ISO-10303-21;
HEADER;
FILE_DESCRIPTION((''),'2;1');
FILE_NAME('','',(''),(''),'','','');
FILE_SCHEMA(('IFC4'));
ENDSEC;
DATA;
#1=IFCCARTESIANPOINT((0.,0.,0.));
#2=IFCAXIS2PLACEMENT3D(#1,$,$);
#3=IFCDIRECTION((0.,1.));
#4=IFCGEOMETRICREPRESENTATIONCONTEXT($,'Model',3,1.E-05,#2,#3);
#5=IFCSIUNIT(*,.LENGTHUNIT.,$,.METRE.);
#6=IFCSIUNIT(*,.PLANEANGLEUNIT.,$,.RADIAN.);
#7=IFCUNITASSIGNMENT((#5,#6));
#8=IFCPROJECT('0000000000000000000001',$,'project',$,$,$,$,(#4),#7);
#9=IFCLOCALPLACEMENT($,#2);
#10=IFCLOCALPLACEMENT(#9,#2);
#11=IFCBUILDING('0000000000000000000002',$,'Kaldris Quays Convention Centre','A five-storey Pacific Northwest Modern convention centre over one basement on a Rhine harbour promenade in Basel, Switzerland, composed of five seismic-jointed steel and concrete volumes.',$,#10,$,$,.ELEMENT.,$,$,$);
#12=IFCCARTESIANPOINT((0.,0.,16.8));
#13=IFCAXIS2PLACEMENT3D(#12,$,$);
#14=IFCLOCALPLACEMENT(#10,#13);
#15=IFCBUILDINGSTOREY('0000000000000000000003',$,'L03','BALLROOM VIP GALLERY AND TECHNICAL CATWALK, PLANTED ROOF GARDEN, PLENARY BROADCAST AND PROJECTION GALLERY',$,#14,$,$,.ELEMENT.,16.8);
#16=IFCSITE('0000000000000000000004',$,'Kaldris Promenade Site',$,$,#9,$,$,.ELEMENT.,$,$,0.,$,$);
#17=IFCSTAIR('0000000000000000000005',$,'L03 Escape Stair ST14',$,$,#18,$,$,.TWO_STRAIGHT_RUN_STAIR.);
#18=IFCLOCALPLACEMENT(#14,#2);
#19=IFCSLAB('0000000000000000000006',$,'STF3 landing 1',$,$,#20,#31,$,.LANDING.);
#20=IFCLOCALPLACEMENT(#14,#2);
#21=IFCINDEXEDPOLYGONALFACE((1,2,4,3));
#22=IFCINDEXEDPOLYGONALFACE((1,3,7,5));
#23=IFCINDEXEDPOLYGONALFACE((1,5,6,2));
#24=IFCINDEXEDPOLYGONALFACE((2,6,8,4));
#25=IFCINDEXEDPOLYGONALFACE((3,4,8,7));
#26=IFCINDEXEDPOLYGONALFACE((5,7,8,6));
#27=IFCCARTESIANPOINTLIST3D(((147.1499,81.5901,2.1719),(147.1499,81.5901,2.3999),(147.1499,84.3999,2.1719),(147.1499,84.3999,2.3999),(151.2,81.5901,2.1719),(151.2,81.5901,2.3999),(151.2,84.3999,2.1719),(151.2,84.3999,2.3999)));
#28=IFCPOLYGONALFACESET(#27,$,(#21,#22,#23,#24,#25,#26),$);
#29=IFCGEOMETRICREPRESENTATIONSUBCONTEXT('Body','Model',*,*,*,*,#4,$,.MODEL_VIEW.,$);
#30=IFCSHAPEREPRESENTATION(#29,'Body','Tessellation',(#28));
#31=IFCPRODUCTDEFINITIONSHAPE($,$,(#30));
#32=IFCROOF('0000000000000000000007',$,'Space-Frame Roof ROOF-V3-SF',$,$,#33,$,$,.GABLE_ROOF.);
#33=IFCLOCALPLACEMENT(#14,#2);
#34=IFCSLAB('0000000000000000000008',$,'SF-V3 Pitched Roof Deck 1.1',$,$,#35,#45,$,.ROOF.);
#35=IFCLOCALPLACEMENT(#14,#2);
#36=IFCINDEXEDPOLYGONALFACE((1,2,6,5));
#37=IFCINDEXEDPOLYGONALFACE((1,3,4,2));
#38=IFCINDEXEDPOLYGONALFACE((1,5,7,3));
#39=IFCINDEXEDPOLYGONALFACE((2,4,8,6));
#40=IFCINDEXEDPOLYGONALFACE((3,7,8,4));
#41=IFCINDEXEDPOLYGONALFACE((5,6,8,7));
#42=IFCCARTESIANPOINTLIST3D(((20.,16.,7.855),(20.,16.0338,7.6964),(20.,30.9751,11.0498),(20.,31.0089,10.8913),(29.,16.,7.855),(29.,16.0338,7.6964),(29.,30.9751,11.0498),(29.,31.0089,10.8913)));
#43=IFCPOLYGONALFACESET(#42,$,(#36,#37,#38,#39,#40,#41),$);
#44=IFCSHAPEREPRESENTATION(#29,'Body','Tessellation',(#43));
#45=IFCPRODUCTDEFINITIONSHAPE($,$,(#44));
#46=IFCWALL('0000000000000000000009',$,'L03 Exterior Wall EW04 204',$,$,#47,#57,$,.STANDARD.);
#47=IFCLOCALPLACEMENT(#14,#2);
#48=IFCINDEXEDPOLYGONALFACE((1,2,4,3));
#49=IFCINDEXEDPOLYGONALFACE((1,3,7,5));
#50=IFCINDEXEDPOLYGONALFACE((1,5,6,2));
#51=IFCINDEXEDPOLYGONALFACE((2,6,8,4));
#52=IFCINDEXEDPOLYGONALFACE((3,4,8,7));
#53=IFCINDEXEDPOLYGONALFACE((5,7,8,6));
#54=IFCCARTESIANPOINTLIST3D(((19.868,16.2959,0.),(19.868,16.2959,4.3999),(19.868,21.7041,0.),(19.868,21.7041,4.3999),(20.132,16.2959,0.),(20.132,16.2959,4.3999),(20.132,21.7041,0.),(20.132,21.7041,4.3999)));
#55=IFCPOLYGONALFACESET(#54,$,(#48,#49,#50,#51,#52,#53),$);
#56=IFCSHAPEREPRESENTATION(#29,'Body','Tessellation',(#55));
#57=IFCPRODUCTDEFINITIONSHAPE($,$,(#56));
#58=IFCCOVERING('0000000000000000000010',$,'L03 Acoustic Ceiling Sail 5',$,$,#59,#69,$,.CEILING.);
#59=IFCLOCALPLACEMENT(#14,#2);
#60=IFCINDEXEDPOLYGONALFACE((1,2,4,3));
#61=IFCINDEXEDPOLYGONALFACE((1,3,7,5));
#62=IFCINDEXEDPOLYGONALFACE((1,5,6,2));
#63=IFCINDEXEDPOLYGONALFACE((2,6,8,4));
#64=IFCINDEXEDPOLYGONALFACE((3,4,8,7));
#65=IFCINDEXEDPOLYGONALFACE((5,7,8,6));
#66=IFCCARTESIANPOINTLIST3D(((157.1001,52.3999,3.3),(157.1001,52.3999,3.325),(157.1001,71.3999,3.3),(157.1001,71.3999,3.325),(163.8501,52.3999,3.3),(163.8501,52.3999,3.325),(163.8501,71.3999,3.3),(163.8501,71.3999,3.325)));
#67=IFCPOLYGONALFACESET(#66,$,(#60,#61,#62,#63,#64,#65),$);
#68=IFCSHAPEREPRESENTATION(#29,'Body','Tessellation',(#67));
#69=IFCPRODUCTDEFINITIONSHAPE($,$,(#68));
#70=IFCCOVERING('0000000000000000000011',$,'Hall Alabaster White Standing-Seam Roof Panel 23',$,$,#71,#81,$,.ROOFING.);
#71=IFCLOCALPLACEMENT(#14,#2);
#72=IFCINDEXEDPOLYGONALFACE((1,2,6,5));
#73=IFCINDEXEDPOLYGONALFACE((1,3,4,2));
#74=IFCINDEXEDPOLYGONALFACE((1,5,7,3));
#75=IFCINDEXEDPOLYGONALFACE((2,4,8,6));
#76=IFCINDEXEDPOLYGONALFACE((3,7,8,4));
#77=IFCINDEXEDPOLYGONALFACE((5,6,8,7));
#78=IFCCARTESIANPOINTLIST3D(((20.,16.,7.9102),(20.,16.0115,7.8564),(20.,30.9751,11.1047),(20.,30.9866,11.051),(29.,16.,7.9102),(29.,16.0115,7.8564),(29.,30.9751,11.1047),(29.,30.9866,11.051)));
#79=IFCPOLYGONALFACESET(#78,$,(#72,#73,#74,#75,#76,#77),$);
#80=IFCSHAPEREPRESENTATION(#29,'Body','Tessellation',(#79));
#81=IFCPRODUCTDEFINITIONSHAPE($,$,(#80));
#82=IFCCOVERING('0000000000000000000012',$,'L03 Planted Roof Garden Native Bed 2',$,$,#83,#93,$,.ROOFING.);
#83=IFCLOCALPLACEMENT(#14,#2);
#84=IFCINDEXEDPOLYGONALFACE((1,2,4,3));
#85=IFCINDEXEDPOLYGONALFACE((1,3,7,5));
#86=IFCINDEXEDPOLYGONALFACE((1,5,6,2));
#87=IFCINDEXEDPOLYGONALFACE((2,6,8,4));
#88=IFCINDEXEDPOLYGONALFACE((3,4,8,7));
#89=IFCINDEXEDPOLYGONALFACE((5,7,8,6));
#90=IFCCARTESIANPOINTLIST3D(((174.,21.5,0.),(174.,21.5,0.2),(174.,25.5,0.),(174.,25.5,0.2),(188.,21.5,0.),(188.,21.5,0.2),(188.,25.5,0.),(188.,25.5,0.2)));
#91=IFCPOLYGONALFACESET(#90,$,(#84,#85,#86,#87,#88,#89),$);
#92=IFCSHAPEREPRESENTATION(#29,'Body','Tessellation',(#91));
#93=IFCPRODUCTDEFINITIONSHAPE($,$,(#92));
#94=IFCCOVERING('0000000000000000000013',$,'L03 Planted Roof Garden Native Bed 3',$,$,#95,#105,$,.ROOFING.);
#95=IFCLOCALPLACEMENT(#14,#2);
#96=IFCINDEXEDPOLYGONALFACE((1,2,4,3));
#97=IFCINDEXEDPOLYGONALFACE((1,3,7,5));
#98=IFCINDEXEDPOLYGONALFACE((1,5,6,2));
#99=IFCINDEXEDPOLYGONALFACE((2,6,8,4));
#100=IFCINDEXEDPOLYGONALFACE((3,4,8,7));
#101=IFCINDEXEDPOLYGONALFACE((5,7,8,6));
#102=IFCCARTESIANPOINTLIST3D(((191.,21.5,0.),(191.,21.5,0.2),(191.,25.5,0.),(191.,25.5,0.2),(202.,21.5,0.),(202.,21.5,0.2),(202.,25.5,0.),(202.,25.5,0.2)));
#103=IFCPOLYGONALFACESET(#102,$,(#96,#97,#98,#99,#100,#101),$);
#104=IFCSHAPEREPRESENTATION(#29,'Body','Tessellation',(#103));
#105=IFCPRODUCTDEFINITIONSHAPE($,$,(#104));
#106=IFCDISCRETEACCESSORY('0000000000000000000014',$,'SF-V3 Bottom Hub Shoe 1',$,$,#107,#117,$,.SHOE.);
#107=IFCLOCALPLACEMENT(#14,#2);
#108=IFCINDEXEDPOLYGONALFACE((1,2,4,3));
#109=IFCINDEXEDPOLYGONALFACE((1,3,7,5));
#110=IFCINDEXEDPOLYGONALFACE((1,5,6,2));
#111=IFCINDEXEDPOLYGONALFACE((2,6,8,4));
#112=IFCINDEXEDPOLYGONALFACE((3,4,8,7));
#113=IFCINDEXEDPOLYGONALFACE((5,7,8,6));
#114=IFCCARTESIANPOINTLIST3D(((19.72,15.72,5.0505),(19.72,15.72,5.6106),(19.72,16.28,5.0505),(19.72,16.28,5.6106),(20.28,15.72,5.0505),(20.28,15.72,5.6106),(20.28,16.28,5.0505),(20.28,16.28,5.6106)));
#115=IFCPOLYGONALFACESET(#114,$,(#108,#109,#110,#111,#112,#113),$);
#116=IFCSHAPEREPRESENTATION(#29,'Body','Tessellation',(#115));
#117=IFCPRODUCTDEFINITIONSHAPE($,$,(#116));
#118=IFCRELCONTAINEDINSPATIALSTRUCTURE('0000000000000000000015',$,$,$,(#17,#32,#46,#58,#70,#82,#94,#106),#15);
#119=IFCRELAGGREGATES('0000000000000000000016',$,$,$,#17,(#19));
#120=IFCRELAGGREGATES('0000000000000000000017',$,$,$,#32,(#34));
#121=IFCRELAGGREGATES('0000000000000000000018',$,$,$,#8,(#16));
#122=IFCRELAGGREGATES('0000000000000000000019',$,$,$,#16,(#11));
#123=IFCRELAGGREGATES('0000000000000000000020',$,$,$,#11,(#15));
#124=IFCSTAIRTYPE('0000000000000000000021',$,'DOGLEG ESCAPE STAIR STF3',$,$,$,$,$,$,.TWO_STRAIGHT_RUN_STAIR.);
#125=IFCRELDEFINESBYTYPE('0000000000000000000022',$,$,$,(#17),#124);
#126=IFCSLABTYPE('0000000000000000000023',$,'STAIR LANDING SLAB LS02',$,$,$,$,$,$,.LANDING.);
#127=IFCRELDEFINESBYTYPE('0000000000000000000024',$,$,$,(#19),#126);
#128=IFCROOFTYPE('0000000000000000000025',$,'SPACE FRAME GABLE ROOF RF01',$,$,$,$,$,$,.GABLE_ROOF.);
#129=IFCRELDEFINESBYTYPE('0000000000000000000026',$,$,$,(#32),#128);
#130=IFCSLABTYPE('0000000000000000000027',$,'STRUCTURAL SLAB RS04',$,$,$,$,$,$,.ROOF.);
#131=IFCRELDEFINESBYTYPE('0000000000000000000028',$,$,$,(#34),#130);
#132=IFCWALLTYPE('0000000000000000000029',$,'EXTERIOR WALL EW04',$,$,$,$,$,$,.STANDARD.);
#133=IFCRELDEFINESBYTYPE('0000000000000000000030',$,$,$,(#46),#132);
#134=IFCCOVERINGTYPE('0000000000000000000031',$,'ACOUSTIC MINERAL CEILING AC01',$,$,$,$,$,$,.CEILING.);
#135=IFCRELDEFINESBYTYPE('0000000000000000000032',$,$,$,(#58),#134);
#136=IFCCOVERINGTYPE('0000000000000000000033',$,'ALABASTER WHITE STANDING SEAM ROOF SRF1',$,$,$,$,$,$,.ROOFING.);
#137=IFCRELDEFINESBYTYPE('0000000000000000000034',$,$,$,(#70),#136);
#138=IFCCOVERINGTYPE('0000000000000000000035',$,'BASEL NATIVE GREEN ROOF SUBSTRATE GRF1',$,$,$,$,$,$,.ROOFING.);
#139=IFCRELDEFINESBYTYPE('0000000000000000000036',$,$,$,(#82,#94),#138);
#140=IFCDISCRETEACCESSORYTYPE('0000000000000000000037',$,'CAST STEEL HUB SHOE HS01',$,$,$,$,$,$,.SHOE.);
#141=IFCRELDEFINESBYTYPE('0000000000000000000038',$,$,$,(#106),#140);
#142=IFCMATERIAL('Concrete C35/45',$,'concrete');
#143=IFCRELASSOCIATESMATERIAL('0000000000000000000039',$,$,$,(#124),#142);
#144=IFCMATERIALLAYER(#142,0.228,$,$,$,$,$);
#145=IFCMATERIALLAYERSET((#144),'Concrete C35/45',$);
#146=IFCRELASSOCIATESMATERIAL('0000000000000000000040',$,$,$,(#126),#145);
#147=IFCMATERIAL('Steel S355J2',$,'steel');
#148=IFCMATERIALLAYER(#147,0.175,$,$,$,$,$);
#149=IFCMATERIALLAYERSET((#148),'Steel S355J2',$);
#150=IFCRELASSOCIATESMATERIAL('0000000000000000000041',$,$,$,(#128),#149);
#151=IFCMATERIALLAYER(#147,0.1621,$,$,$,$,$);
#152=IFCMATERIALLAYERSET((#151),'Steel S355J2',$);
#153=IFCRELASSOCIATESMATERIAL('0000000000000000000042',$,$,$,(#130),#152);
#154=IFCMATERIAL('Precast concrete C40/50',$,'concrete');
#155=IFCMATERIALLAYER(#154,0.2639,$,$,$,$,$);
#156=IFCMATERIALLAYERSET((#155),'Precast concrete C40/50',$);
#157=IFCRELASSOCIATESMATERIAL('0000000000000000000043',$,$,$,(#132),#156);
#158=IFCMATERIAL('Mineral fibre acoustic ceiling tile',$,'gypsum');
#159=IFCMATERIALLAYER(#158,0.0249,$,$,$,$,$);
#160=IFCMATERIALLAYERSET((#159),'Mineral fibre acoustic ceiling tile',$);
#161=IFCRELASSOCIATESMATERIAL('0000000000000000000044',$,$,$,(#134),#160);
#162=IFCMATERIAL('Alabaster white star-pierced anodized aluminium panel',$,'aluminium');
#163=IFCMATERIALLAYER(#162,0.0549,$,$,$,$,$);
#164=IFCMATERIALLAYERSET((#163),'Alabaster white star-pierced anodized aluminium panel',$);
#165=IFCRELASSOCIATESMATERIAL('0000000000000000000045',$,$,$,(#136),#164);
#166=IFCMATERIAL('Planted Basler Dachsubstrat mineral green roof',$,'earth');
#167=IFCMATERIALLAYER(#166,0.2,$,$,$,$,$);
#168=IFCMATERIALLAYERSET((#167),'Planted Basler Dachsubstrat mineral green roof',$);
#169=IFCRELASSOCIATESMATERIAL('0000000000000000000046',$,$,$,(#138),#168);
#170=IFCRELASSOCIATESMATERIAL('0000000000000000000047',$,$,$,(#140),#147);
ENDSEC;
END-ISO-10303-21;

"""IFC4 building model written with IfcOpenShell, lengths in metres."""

from ifc_helpers import new_model, si_unit, direction, frame, frame_2d, origin, origin_2d, place, context, subcontext, project, spatial, polyline, rectangle, outline, extrude, material, layer, layer_set, type_object, element, aggregate, save


model = new_model("IFC4")

# Units and contexts
model_context = context("Model", 3, precision=1e-05, world=origin(), true_north=direction((0.0, 1.0)))
body_context = subcontext(model_context, "Body", "Model", "MODEL_VIEW")
ifc_project = project(units=[si_unit("LENGTHUNIT", "METRE"), si_unit("PLANEANGLEUNIT", "RADIAN")], contexts=[model_context])

# Site, building, storey
site_placement = place(None, origin())
site = spatial("IfcSite", under=ifc_project, at=site_placement, Name="Kaldris Promenade Site", CompositionType="ELEMENT", RefElevation=0.0)
building_placement = place(site_placement, origin())
building = spatial("IfcBuilding", under=site, at=building_placement, Name="Kaldris Quays Convention Centre", Description="A five-storey Pacific Northwest Modern convention centre over one basement on a Rhine harbour promenade in Basel, Switzerland, composed of five seismic-jointed steel and concrete volumes.", CompositionType="ELEMENT")
storey_placement = place(building_placement, frame((0.0, 0.0, 16.8)))
storey = spatial("IfcBuildingStorey", under=building, at=storey_placement, Name="L03", Description="BALLROOM VIP GALLERY AND TECHNICAL CATWALK, PLANTED ROOF GARDEN, PLENARY BROADCAST AND PROJECTION GALLERY", CompositionType="ELEMENT", Elevation=16.8)

# Shared definitions
ifc_material_1 = material(Name="Steel S355J2", Category="steel")

# Stair, slab
ifc_material_2 = material(Name="Concrete C35/45", Category="concrete")
stair_type = type_object("IfcStairType", Name="DOGLEG ESCAPE STAIR STF3", PredefinedType="TWO_STRAIGHT_RUN_STAIR", material=ifc_material_2)
ifc_layer_1 = layer(ifc_material_2, 0.228)
ifc_layer_set_1 = layer_set([ifc_layer_1], Name="Concrete C35/45")
slab_type_1 = type_object("IfcSlabType", Name="STAIR LANDING SLAB LS02", PredefinedType="LANDING", material=ifc_layer_set_1)
stair_1_placement = place(storey_placement, origin())
stair_1 = element("IfcStair", 1, at=stair_1_placement, inside=storey, type_object=stair_type, Name="L03 Escape Stair ST14", PredefinedType="TWO_STRAIGHT_RUN_STAIR")
slab_1_placement = place(storey_placement, frame((0.0, 0.0, 2.1719)))
slab_1 = element("IfcSlab", 2, at=slab_1_placement, type_object=slab_type_1, Name="STF3 landing 1", PredefinedType="LANDING", context=body_context, shape_type="SweptSolid", body=[
    extrude(outline(polyline([(151.2, 81.5901), (151.2, 84.3999), (147.1499, 84.3999), (147.1499, 81.5901), (151.2, 81.5901)])), origin(), (0.0, 0.0, 1.0), 0.228),
])
aggregate(stair_1, [slab_1])

# Roof, slab
ifc_layer_2 = layer(ifc_material_1, 0.175)
ifc_layer_set_2 = layer_set([ifc_layer_2], Name="Steel S355J2")
roof_type = type_object("IfcRoofType", Name="SPACE FRAME GABLE ROOF RF01", PredefinedType="GABLE_ROOF", material=ifc_layer_set_2)
roof_placement = place(storey_placement, origin())
roof = element("IfcRoof", 3, at=roof_placement, inside=storey, type_object=roof_type, Name="Space-Frame Roof ROOF-V3-SF", PredefinedType="GABLE_ROOF")
ifc_layer_3 = layer(ifc_material_1, 0.1621)
ifc_layer_set_3 = layer_set([ifc_layer_3], Name="Steel S355J2")
slab_type_2 = type_object("IfcSlabType", Name="STRUCTURAL SLAB RS04", PredefinedType="ROOF", material=ifc_layer_set_3)
slab_2_placement = place(storey_placement, frame((20.0, 16.0, 7.855), z_axis=(0.0, -0.208647, 0.977991), x_axis=(1.0, 0.0, 0.0)))
slab_2 = element("IfcSlab", 4, at=slab_2_placement, type_object=slab_type_2, Name="SF-V3 Pitched Roof Deck 1.1", PredefinedType="ROOF", context=body_context, shape_type="SweptSolid", body=[
    extrude(outline(polyline([(0.0, 0.0), (9.0, 0.0), (9.0, 15.3121), (0.0, 15.3121), (0.0, 0.0)])), origin(), (0.0, 0.0, -1.0), 0.1621),
])
aggregate(roof, [slab_2])

# Wall
ifc_material_3 = material(Name="Precast concrete C40/50", Category="concrete")
ifc_layer_4 = layer(ifc_material_3, 0.2639)
ifc_layer_set_4 = layer_set([ifc_layer_4], Name="Precast concrete C40/50")
wall_type = type_object("IfcWallType", Name="EXTERIOR WALL EW04", PredefinedType="STANDARD", material=ifc_layer_set_4)
wall_placement = place(storey_placement, frame((20.0, 16.2959, 0.0), z_axis=(0.0, 0.0, 1.0), x_axis=(0.0, 1.0, 0.0)))
element("IfcWall", 5, at=wall_placement, inside=storey, type_object=wall_type, Name="L03 Exterior Wall EW04 204", PredefinedType="STANDARD", context=body_context, shape_type="SweptSolid", body=[
    extrude(rectangle(XDim=5.4082, YDim=0.2639, at=frame_2d((2.7041, 0.0))), origin(), (0.0, 0.0, 1.0), 4.3999),
])

# Coverings
ifc_material_4 = material(Name="Mineral fibre acoustic ceiling tile", Category="gypsum")
ifc_layer_5 = layer(ifc_material_4, 0.0249)
ifc_layer_set_5 = layer_set([ifc_layer_5], Name="Mineral fibre acoustic ceiling tile")
covering_type_1 = type_object("IfcCoveringType", Name="ACOUSTIC MINERAL CEILING AC01", PredefinedType="CEILING", material=ifc_layer_set_5)
covering_1_placement = place(storey_placement, frame((0.0, 0.0, 3.3)))
element("IfcCovering", 6, at=covering_1_placement, inside=storey, type_object=covering_type_1, Name="L03 Acoustic Ceiling Sail 5", PredefinedType="CEILING", context=body_context, shape_type="SweptSolid", body=[
    extrude(outline(polyline([(157.1001, 52.3999), (163.8501, 52.3999), (163.8501, 71.3999), (157.1001, 71.3999), (157.1001, 52.3999)])), origin(), (0.0, 0.0, 1.0), 0.0249),
])
ifc_material_5 = material(Name="Alabaster white star-pierced anodized aluminium panel", Category="aluminium")
ifc_layer_6 = layer(ifc_material_5, 0.0549)
ifc_layer_set_6 = layer_set([ifc_layer_6], Name="Alabaster white star-pierced anodized aluminium panel")
covering_type_2 = type_object("IfcCoveringType", Name="ALABASTER WHITE STANDING SEAM ROOF SRF1", PredefinedType="ROOFING", material=ifc_layer_set_6)
covering_2_placement = place(storey_placement, frame((20.0, 16.0, 7.9102), z_axis=(0.0, -0.208632, 0.977994), x_axis=(1.0, 0.0, 0.0)))
element("IfcCovering", 7, at=covering_2_placement, inside=storey, type_object=covering_type_2, Name="Hall Alabaster White Standing-Seam Roof Panel 23", PredefinedType="ROOFING", context=body_context, shape_type="SweptSolid", body=[
    extrude(outline(polyline([(0.0, 0.0), (9.0, 0.0), (9.0, 15.3121), (0.0, 15.3121), (0.0, 0.0)])), origin(), (0.0, 0.0, -1.0), 0.0549),
])
ifc_material_6 = material(Name="Planted Basler Dachsubstrat mineral green roof", Category="earth")
ifc_layer_7 = layer(ifc_material_6, 0.2)
ifc_layer_set_7 = layer_set([ifc_layer_7], Name="Planted Basler Dachsubstrat mineral green roof")
covering_type_3 = type_object("IfcCoveringType", Name="BASEL NATIVE GREEN ROOF SUBSTRATE GRF1", PredefinedType="ROOFING", material=ifc_layer_set_7)
covering_3_placement = place(storey_placement, origin())
element("IfcCovering", 8, at=covering_3_placement, inside=storey, type_object=covering_type_3, Name="L03 Planted Roof Garden Native Bed 2", PredefinedType="ROOFING", context=body_context, shape_type="SweptSolid", body=[
    extrude(outline(polyline([(174.0, 21.5), (188.0, 21.5), (188.0, 25.5), (174.0, 25.5), (174.0, 21.5)])), origin(), (0.0, 0.0, 1.0), 0.2),
])
covering_4_placement = place(storey_placement, origin())
element("IfcCovering", 9, at=covering_4_placement, inside=storey, type_object=covering_type_3, Name="L03 Planted Roof Garden Native Bed 3", PredefinedType="ROOFING", context=body_context, shape_type="SweptSolid", body=[
    extrude(outline(polyline([(191.0, 21.5), (202.0, 21.5), (202.0, 25.5), (191.0, 25.5), (191.0, 21.5)])), origin(), (0.0, 0.0, 1.0), 0.2),
])

# Discrete accessory
discrete_accessory_type = type_object("IfcDiscreteAccessoryType", Name="CAST STEEL HUB SHOE HS01", PredefinedType="SHOE", material=ifc_material_1)
discrete_accessory_placement = place(storey_placement, frame((20.0, 16.0, 5.0505), z_axis=(0.0, 0.0, 1.0), x_axis=(1.0, 0.0, 0.0)))
element("IfcDiscreteAccessory", 10, at=discrete_accessory_placement, inside=storey, type_object=discrete_accessory_type, Name="SF-V3 Bottom Hub Shoe 1", PredefinedType="SHOE", context=body_context, shape_type="SweptSolid", body=[
    extrude(rectangle(XDim=0.5601, YDim=0.5601, at=origin_2d()), origin(), (0.0, 0.0, 1.0), 0.5601),
])

save(model, "model.ifc")
